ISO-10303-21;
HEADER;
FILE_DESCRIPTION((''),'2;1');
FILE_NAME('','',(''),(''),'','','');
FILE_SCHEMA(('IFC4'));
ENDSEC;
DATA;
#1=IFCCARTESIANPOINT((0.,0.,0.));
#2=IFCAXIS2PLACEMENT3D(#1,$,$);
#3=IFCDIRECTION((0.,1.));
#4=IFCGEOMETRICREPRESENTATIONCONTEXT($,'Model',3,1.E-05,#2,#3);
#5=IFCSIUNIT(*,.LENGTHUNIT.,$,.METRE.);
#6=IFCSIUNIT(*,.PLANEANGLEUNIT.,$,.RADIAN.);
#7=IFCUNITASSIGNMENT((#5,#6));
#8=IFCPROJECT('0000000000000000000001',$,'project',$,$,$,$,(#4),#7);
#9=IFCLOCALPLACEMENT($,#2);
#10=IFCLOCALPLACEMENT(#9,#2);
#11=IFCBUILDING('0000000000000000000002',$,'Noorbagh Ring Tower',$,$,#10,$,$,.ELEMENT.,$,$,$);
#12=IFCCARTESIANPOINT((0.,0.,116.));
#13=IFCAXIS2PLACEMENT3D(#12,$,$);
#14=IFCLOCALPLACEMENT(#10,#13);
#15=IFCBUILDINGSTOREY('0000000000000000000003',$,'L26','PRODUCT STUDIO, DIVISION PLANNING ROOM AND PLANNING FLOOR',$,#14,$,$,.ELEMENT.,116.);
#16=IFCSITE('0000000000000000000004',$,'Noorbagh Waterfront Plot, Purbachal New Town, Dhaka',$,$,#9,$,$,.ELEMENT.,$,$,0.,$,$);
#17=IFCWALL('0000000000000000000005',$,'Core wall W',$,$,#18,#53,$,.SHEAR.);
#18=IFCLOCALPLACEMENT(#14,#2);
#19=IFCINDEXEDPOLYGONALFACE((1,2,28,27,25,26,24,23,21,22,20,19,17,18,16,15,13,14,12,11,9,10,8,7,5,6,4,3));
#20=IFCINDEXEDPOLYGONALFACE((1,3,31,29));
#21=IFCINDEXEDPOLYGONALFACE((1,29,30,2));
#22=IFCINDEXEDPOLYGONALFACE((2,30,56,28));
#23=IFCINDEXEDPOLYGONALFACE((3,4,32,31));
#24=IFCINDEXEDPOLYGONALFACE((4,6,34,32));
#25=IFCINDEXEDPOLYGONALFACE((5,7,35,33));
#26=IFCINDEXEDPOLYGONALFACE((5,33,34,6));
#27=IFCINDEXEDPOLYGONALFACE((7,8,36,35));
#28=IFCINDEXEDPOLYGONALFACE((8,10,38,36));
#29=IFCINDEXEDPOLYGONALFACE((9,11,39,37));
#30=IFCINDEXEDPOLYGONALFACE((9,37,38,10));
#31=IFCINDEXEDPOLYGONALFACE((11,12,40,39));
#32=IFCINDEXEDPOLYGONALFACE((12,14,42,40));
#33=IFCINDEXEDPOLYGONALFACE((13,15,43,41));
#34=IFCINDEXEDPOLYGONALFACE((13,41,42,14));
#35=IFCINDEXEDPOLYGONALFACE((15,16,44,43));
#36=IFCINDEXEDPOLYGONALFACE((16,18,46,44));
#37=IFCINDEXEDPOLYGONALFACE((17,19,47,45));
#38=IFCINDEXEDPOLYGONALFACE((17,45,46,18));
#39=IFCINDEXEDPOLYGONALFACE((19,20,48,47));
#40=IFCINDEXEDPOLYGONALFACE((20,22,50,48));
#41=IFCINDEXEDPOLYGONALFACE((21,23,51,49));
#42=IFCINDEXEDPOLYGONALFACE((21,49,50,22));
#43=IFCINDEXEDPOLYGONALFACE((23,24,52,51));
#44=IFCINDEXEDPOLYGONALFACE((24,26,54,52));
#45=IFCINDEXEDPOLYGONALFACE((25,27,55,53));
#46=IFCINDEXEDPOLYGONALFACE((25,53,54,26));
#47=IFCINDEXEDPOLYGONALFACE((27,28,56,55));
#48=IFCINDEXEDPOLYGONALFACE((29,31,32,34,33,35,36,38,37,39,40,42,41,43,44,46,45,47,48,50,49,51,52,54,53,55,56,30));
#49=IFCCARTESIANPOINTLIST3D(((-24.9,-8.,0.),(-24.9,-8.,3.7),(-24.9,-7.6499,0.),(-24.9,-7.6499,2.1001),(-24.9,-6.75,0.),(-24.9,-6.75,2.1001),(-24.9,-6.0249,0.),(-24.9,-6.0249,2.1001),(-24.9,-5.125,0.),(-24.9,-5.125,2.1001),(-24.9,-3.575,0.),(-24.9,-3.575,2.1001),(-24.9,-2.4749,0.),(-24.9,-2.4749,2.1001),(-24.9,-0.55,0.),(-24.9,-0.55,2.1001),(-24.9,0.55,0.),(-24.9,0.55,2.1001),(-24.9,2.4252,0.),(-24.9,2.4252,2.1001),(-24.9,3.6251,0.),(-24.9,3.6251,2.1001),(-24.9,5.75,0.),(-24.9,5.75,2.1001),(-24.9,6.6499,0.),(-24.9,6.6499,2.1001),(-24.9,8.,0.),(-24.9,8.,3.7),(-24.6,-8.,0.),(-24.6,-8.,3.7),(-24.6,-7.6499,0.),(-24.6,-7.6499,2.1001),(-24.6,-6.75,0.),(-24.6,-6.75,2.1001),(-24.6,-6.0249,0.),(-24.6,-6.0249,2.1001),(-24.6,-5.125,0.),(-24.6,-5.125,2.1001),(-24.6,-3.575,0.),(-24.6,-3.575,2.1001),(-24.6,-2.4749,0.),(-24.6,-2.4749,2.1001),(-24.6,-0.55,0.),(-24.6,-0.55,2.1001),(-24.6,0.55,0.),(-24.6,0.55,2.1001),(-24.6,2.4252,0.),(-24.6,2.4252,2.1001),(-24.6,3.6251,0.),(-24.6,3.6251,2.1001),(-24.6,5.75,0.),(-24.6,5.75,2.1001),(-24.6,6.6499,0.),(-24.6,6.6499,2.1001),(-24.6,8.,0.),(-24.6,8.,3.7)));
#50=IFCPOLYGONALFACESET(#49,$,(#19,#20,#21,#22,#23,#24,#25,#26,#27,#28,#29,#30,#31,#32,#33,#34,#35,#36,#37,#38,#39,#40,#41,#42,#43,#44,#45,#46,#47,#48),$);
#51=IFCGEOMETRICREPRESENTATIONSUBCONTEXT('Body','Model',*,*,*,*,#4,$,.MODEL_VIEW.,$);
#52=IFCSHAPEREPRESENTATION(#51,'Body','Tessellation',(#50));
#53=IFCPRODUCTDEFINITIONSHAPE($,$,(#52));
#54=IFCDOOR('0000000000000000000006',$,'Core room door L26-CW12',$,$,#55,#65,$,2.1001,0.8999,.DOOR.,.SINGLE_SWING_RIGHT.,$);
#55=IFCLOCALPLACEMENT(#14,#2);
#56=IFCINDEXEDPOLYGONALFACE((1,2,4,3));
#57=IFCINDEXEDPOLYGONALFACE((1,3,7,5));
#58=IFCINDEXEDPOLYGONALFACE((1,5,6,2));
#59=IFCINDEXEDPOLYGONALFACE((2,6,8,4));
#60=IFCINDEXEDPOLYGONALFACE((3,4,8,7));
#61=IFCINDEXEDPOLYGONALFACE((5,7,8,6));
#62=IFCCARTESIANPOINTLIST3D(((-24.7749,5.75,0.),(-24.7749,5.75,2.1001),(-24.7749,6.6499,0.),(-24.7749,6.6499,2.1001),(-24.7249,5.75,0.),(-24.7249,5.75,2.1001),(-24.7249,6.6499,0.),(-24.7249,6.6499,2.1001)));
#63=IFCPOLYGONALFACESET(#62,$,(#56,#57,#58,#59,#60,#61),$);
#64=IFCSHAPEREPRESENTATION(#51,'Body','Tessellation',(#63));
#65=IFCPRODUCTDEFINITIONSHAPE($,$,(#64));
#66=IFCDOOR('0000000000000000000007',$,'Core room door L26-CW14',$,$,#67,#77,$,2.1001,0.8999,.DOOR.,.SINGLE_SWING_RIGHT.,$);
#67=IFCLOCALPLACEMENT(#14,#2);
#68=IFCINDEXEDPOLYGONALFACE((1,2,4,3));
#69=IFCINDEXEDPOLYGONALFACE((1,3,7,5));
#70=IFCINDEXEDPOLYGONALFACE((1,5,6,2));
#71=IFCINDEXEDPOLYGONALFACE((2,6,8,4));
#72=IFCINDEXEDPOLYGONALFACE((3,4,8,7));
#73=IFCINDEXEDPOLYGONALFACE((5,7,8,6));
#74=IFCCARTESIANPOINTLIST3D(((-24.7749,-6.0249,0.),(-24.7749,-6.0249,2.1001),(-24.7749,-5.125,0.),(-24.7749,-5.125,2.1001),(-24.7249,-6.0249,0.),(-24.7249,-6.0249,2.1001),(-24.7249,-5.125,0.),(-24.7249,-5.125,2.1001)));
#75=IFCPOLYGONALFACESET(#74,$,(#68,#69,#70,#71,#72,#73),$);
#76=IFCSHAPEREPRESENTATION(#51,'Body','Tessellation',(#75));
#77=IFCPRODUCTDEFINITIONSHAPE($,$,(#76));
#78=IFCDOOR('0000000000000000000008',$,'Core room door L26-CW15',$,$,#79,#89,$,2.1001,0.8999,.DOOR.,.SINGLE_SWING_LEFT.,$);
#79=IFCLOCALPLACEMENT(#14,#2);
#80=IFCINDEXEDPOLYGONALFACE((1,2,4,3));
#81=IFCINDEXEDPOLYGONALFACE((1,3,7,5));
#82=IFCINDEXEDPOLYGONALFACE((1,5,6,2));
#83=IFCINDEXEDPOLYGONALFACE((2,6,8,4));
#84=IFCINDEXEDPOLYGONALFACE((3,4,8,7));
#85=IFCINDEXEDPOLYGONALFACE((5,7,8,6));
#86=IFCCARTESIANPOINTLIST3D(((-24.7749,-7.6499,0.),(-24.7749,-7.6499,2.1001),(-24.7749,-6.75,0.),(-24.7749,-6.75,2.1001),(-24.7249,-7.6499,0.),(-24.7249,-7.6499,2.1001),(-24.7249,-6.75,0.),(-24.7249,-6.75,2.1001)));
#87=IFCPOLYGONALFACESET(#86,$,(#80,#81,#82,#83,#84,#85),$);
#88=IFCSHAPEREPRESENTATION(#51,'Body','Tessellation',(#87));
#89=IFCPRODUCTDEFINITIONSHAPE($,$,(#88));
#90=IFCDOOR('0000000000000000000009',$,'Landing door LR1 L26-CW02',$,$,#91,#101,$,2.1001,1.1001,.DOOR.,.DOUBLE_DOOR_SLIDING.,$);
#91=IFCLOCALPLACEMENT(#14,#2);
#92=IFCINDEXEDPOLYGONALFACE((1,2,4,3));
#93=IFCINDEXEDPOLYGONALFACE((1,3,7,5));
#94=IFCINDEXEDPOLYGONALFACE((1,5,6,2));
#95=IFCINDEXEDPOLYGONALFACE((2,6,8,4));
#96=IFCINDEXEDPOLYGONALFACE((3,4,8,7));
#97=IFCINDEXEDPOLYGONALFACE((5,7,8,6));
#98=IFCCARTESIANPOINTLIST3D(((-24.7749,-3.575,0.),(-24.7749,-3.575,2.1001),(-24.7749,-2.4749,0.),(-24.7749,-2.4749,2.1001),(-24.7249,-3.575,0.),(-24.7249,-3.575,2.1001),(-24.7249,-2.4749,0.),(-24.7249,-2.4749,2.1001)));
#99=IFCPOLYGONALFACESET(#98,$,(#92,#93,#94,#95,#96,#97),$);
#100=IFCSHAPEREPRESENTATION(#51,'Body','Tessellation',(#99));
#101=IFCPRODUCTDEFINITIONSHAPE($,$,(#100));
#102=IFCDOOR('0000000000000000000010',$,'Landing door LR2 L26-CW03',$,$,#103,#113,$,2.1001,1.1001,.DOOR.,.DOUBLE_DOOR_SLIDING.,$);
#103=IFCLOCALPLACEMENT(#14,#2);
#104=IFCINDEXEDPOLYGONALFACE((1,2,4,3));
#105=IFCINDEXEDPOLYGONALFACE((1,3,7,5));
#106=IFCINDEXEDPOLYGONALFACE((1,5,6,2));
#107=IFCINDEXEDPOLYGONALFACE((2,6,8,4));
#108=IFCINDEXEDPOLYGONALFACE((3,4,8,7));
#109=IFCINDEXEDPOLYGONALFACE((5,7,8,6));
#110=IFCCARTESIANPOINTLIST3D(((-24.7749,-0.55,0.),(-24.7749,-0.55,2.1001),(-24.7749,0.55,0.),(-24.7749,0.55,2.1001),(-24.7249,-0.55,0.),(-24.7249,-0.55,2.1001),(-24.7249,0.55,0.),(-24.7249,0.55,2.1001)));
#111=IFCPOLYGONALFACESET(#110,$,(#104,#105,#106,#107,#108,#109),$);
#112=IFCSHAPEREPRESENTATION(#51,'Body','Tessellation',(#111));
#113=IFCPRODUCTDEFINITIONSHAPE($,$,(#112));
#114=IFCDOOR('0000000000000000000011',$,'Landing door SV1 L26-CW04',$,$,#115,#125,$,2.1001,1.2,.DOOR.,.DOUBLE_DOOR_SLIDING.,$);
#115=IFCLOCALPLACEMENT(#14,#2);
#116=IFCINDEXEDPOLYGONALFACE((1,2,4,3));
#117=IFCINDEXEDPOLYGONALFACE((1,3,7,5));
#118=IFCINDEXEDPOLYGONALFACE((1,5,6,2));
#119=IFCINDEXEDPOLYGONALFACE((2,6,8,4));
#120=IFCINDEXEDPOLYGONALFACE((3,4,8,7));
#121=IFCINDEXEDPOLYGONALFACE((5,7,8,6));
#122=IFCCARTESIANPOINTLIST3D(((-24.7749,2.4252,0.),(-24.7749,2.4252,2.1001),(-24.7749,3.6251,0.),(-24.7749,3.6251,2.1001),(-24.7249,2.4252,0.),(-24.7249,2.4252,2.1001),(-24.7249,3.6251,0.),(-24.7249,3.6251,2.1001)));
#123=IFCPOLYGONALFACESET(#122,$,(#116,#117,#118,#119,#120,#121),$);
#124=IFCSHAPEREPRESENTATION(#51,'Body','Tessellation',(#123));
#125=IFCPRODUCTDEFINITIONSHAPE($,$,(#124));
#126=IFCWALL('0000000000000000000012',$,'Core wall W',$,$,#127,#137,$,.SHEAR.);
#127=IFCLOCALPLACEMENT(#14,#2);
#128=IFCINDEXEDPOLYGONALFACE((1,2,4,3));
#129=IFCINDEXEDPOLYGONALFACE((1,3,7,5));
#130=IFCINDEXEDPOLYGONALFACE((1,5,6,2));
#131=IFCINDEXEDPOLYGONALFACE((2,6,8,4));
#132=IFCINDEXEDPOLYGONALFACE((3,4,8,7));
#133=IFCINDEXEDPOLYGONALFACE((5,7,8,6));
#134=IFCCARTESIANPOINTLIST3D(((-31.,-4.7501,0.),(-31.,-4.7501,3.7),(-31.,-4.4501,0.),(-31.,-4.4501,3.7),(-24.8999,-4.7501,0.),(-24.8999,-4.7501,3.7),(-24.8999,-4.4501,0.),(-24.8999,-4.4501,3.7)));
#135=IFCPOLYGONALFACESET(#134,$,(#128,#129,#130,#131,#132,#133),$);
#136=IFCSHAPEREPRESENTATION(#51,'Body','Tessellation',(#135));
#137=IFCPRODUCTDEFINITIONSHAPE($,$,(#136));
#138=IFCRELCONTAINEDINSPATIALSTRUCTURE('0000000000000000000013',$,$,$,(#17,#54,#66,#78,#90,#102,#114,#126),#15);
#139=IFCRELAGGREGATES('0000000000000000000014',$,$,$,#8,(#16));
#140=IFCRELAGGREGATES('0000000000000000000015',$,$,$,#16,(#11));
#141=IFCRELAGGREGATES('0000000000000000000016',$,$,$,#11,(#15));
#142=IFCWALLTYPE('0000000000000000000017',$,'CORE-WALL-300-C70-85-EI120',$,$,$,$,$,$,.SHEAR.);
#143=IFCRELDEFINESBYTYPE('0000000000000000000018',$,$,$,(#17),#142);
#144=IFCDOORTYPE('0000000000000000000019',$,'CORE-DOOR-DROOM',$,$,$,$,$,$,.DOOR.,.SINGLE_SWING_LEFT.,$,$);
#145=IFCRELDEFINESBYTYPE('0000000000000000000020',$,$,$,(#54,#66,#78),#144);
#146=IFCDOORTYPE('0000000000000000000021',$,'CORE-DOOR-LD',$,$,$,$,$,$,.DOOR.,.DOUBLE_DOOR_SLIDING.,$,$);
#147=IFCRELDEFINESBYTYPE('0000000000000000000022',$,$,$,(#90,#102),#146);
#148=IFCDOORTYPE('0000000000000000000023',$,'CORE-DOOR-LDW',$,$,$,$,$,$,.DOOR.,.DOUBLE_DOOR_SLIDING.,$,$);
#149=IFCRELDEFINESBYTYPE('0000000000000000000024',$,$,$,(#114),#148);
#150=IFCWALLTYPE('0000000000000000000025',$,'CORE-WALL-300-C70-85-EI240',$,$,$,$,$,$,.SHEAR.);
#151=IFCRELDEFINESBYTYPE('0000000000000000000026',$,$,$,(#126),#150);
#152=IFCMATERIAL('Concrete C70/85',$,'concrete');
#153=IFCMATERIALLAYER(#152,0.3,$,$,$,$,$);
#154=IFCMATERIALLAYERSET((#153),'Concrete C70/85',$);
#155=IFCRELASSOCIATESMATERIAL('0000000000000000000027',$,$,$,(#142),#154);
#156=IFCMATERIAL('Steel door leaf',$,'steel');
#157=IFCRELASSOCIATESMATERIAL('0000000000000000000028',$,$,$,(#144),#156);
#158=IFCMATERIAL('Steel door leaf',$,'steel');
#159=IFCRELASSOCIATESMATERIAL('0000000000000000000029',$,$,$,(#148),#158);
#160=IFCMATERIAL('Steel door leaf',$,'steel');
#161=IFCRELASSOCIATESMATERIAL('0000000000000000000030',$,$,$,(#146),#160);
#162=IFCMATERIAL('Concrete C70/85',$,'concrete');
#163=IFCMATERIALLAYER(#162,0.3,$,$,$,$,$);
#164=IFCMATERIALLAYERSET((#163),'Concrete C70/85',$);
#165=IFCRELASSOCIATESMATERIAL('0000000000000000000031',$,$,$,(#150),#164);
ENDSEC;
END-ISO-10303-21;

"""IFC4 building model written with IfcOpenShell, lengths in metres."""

from ifc_helpers import new_model, si_unit, direction, frame, frame_2d, origin, place, context, subcontext, project, spatial, rectangle, extrude, material, layer, layer_set, type_object, element, fill, save


model = new_model("IFC4")

# Units and contexts
model_context = context("Model", 3, precision=1e-05, world=origin(), true_north=direction((0.0, 1.0)))
body_context = subcontext(model_context, "Body", "Model", "MODEL_VIEW")
ifc_project = project(units=[si_unit("LENGTHUNIT", "METRE"), si_unit("PLANEANGLEUNIT", "RADIAN")], contexts=[model_context])

# Site, building, storey
site_placement = place(None, origin())
site = spatial("IfcSite", under=ifc_project, at=site_placement, Name="Noorbagh Waterfront Plot, Purbachal New Town, Dhaka", CompositionType="ELEMENT", RefElevation=0.0)
building_placement = place(site_placement, origin())
building = spatial("IfcBuilding", under=site, at=building_placement, Name="Noorbagh Ring Tower", CompositionType="ELEMENT")
storey_placement = place(building_placement, frame((0.0, 0.0, 116.0)))
storey = spatial("IfcBuildingStorey", under=building, at=storey_placement, Name="L26", Description="PRODUCT STUDIO, DIVISION PLANNING ROOM AND PLANNING FLOOR", CompositionType="ELEMENT", Elevation=116.0)

# Wall, openings, doors
ifc_material_1 = material(Name="Concrete C70/85", Category="concrete")
ifc_layer_1 = layer(ifc_material_1, 0.3)
ifc_layer_set_1 = layer_set([ifc_layer_1], Name="Concrete C70/85")
wall_type_1 = type_object("IfcWallType", Name="CORE-WALL-300-C70-85-EI120", PredefinedType="SHEAR", material=ifc_layer_set_1)
ifc_material_2 = material(Name="Steel door leaf", Category="steel")
door_type_1 = type_object("IfcDoorType", Name="CORE-DOOR-DROOM", OperationType="SINGLE_SWING_LEFT", PredefinedType="DOOR", material=ifc_material_2)
ifc_material_3 = material(Name="Steel door leaf", Category="steel")
door_type_2 = type_object("IfcDoorType", Name="CORE-DOOR-LDW", OperationType="DOUBLE_DOOR_SLIDING", PredefinedType="DOOR", material=ifc_material_3)
wall_1_placement = place(storey_placement, frame((-24.75, -8.0, 0.0), z_axis=(0.0, 0.0, 1.0), x_axis=(0.0, 1.0, 0.0)))
wall_1 = element("IfcWall", 1, at=wall_1_placement, inside=storey, type_object=wall_type_1, Name="Core wall W", PredefinedType="SHEAR", context=body_context, shape_type="SweptSolid", body=[
    extrude(rectangle(XDim=16.0, YDim=0.3, at=frame_2d((8.0, 0.0))), origin(), (0.0, 0.0, 1.0), 3.7),
])
opening_1_placement = place(wall_1_placement, frame((4.425, 0.0, 0.0)))
opening_1 = element("IfcOpeningElement", 2, at=opening_1_placement, cuts=wall_1, PredefinedType="OPENING", context=body_context, shape_type="SweptSolid", body=[
    extrude(rectangle(XDim=1.1001, YDim=2.1001, at=frame_2d((0.55, 1.05))), frame((0.0, 0.1602, 0.0), z_axis=(0.0, -1.0, 0.0), x_axis=(1.0, 0.0, 0.0)), (0.0, 0.0, 1.0), 0.3201),
])
opening_2_placement = place(wall_1_placement, frame((7.45, 0.0, 0.0)))
opening_2 = element("IfcOpeningElement", 3, at=opening_2_placement, cuts=wall_1, PredefinedType="OPENING", context=body_context, shape_type="SweptSolid", body=[
    extrude(rectangle(XDim=1.1001, YDim=2.1001, at=frame_2d((0.55, 1.05))), frame((0.0, 0.1602, 0.0), z_axis=(0.0, -1.0, 0.0), x_axis=(1.0, 0.0, 0.0)), (0.0, 0.0, 1.0), 0.3201),
])
opening_3_placement = place(wall_1_placement, frame((10.425, 0.0, 0.0)))
opening_3 = element("IfcOpeningElement", 4, at=opening_3_placement, cuts=wall_1, PredefinedType="OPENING", context=body_context, shape_type="SweptSolid", body=[
    extrude(rectangle(XDim=1.2, YDim=2.1001, at=frame_2d((0.6001, 1.05))), frame((0.0, 0.1602, 0.0), z_axis=(0.0, -1.0, 0.0), x_axis=(1.0, 0.0, 0.0)), (0.0, 0.0, 1.0), 0.3201),
])
opening_4_placement = place(wall_1_placement, frame((13.75, 0.0, 0.0)))
opening_4 = element("IfcOpeningElement", 5, at=opening_4_placement, cuts=wall_1, PredefinedType="OPENING", context=body_context, shape_type="SweptSolid", body=[
    extrude(rectangle(XDim=0.8999, YDim=2.1001, at=frame_2d((0.45, 1.05))), frame((0.0, 0.1602, 0.0), z_axis=(0.0, -1.0, 0.0), x_axis=(1.0, 0.0, 0.0)), (0.0, 0.0, 1.0), 0.3201),
])
opening_5_placement = place(wall_1_placement, frame((1.9751, 0.0, 0.0)))
opening_5 = element("IfcOpeningElement", 6, at=opening_5_placement, cuts=wall_1, PredefinedType="OPENING", context=body_context, shape_type="SweptSolid", body=[
    extrude(rectangle(XDim=0.8999, YDim=2.1001, at=frame_2d((0.45, 1.05))), frame((0.0, 0.1602, 0.0), z_axis=(0.0, -1.0, 0.0), x_axis=(1.0, 0.0, 0.0)), (0.0, 0.0, 1.0), 0.3201),
])
opening_6_placement = place(wall_1_placement, frame((0.3501, 0.0, 0.0)))
opening_6 = element("IfcOpeningElement", 7, at=opening_6_placement, cuts=wall_1, PredefinedType="OPENING", context=body_context, shape_type="SweptSolid", body=[
    extrude(rectangle(XDim=0.8999, YDim=2.1001, at=frame_2d((0.45, 1.05))), frame((0.0, 0.1602, 0.0), z_axis=(0.0, -1.0, 0.0), x_axis=(1.0, 0.0, 0.0)), (0.0, 0.0, 1.0), 0.3201),
])
door_1_placement = place(opening_4_placement, origin())
door_1 = element("IfcDoor", 8, at=door_1_placement, inside=storey, type_object=door_type_1, Name="Core room door L26-CW12", OperationType="SINGLE_SWING_RIGHT", OverallHeight=2.1001, OverallWidth=0.8999, PredefinedType="DOOR", context=body_context, shape_type="SweptSolid", body=[
    extrude(rectangle(XDim=0.8999, YDim=2.1001, at=frame_2d((0.45, 1.05))), frame((0.0, 0.0249, 0.0), z_axis=(0.0, -1.0, 0.0), x_axis=(1.0, 0.0, 0.0)), (0.0, 0.0, 1.0), 0.05),
])
fill(opening_4, door_1)
door_2_placement = place(opening_5_placement, origin())
door_2 = element("IfcDoor", 9, at=door_2_placement, inside=storey, type_object=door_type_1, Name="Core room door L26-CW14", OperationType="SINGLE_SWING_RIGHT", OverallHeight=2.1001, OverallWidth=0.8999, PredefinedType="DOOR", context=body_context, shape_type="SweptSolid", body=[
    extrude(rectangle(XDim=0.8999, YDim=2.1001, at=frame_2d((0.45, 1.05))), frame((0.0, 0.0249, 0.0), z_axis=(0.0, -1.0, 0.0), x_axis=(1.0, 0.0, 0.0)), (0.0, 0.0, 1.0), 0.05),
])
fill(opening_5, door_2)
door_3_placement = place(opening_6_placement, origin())
door_3 = element("IfcDoor", 10, at=door_3_placement, inside=storey, type_object=door_type_1, Name="Core room door L26-CW15", OperationType="SINGLE_SWING_LEFT", OverallHeight=2.1001, OverallWidth=0.8999, PredefinedType="DOOR", context=body_context, shape_type="SweptSolid", body=[
    extrude(rectangle(XDim=0.8999, YDim=2.1001, at=frame_2d((0.45, 1.05))), frame((0.0, 0.0249, 0.0), z_axis=(0.0, -1.0, 0.0), x_axis=(1.0, 0.0, 0.0)), (0.0, 0.0, 1.0), 0.05),
])
fill(opening_6, door_3)
ifc_material_4 = material(Name="Steel door leaf", Category="steel")
door_type_3 = type_object("IfcDoorType", Name="CORE-DOOR-LD", OperationType="DOUBLE_DOOR_SLIDING", PredefinedType="DOOR", material=ifc_material_4)
door_4_placement = place(opening_1_placement, origin())
door_4 = element("IfcDoor", 11, at=door_4_placement, inside=storey, type_object=door_type_3, Name="Landing door LR1 L26-CW02", OperationType="DOUBLE_DOOR_SLIDING", OverallHeight=2.1001, OverallWidth=1.1001, PredefinedType="DOOR", context=body_context, shape_type="SweptSolid", body=[
    extrude(rectangle(XDim=1.1001, YDim=2.1001, at=frame_2d((0.55, 1.05))), frame((0.0, 0.0249, 0.0), z_axis=(0.0, -1.0, 0.0), x_axis=(1.0, 0.0, 0.0)), (0.0, 0.0, 1.0), 0.05),
])
fill(opening_1, door_4)
door_5_placement = place(opening_2_placement, origin())
door_5 = element("IfcDoor", 12, at=door_5_placement, inside=storey, type_object=door_type_3, Name="Landing door LR2 L26-CW03", OperationType="DOUBLE_DOOR_SLIDING", OverallHeight=2.1001, OverallWidth=1.1001, PredefinedType="DOOR", context=body_context, shape_type="SweptSolid", body=[
    extrude(rectangle(XDim=1.1001, YDim=2.1001, at=frame_2d((0.55, 1.05))), frame((0.0, 0.0249, 0.0), z_axis=(0.0, -1.0, 0.0), x_axis=(1.0, 0.0, 0.0)), (0.0, 0.0, 1.0), 0.05),
])
fill(opening_2, door_5)
door_6_placement = place(opening_3_placement, origin())
door_6 = element("IfcDoor", 13, at=door_6_placement, inside=storey, type_object=door_type_2, Name="Landing door SV1 L26-CW04", OperationType="DOUBLE_DOOR_SLIDING", OverallHeight=2.1001, OverallWidth=1.2, PredefinedType="DOOR", context=body_context, shape_type="SweptSolid", body=[
    extrude(rectangle(XDim=1.2, YDim=2.1001, at=frame_2d((0.6001, 1.05))), frame((0.0, 0.0249, 0.0), z_axis=(0.0, -1.0, 0.0), x_axis=(1.0, 0.0, 0.0)), (0.0, 0.0, 1.0), 0.05),
])
fill(opening_3, door_6)

# Wall
ifc_material_5 = material(Name="Concrete C70/85", Category="concrete")
ifc_layer_2 = layer(ifc_material_5, 0.3)
ifc_layer_set_2 = layer_set([ifc_layer_2], Name="Concrete C70/85")
wall_type_2 = type_object("IfcWallType", Name="CORE-WALL-300-C70-85-EI240", PredefinedType="SHEAR", material=ifc_layer_set_2)
wall_2_placement = place(storey_placement, frame((-24.8999, -4.6001, 0.0), z_axis=(0.0, 0.0, 1.0), x_axis=(-1.0, 0.0, 0.0)))
element("IfcWall", 14, at=wall_2_placement, inside=storey, type_object=wall_type_2, Name="Core wall W", PredefinedType="SHEAR", context=body_context, shape_type="SweptSolid", body=[
    extrude(rectangle(XDim=6.1001, YDim=0.3, at=frame_2d((3.05, 0.0))), origin(), (0.0, 0.0, 1.0), 3.7),
])

save(model, "model.ifc")
